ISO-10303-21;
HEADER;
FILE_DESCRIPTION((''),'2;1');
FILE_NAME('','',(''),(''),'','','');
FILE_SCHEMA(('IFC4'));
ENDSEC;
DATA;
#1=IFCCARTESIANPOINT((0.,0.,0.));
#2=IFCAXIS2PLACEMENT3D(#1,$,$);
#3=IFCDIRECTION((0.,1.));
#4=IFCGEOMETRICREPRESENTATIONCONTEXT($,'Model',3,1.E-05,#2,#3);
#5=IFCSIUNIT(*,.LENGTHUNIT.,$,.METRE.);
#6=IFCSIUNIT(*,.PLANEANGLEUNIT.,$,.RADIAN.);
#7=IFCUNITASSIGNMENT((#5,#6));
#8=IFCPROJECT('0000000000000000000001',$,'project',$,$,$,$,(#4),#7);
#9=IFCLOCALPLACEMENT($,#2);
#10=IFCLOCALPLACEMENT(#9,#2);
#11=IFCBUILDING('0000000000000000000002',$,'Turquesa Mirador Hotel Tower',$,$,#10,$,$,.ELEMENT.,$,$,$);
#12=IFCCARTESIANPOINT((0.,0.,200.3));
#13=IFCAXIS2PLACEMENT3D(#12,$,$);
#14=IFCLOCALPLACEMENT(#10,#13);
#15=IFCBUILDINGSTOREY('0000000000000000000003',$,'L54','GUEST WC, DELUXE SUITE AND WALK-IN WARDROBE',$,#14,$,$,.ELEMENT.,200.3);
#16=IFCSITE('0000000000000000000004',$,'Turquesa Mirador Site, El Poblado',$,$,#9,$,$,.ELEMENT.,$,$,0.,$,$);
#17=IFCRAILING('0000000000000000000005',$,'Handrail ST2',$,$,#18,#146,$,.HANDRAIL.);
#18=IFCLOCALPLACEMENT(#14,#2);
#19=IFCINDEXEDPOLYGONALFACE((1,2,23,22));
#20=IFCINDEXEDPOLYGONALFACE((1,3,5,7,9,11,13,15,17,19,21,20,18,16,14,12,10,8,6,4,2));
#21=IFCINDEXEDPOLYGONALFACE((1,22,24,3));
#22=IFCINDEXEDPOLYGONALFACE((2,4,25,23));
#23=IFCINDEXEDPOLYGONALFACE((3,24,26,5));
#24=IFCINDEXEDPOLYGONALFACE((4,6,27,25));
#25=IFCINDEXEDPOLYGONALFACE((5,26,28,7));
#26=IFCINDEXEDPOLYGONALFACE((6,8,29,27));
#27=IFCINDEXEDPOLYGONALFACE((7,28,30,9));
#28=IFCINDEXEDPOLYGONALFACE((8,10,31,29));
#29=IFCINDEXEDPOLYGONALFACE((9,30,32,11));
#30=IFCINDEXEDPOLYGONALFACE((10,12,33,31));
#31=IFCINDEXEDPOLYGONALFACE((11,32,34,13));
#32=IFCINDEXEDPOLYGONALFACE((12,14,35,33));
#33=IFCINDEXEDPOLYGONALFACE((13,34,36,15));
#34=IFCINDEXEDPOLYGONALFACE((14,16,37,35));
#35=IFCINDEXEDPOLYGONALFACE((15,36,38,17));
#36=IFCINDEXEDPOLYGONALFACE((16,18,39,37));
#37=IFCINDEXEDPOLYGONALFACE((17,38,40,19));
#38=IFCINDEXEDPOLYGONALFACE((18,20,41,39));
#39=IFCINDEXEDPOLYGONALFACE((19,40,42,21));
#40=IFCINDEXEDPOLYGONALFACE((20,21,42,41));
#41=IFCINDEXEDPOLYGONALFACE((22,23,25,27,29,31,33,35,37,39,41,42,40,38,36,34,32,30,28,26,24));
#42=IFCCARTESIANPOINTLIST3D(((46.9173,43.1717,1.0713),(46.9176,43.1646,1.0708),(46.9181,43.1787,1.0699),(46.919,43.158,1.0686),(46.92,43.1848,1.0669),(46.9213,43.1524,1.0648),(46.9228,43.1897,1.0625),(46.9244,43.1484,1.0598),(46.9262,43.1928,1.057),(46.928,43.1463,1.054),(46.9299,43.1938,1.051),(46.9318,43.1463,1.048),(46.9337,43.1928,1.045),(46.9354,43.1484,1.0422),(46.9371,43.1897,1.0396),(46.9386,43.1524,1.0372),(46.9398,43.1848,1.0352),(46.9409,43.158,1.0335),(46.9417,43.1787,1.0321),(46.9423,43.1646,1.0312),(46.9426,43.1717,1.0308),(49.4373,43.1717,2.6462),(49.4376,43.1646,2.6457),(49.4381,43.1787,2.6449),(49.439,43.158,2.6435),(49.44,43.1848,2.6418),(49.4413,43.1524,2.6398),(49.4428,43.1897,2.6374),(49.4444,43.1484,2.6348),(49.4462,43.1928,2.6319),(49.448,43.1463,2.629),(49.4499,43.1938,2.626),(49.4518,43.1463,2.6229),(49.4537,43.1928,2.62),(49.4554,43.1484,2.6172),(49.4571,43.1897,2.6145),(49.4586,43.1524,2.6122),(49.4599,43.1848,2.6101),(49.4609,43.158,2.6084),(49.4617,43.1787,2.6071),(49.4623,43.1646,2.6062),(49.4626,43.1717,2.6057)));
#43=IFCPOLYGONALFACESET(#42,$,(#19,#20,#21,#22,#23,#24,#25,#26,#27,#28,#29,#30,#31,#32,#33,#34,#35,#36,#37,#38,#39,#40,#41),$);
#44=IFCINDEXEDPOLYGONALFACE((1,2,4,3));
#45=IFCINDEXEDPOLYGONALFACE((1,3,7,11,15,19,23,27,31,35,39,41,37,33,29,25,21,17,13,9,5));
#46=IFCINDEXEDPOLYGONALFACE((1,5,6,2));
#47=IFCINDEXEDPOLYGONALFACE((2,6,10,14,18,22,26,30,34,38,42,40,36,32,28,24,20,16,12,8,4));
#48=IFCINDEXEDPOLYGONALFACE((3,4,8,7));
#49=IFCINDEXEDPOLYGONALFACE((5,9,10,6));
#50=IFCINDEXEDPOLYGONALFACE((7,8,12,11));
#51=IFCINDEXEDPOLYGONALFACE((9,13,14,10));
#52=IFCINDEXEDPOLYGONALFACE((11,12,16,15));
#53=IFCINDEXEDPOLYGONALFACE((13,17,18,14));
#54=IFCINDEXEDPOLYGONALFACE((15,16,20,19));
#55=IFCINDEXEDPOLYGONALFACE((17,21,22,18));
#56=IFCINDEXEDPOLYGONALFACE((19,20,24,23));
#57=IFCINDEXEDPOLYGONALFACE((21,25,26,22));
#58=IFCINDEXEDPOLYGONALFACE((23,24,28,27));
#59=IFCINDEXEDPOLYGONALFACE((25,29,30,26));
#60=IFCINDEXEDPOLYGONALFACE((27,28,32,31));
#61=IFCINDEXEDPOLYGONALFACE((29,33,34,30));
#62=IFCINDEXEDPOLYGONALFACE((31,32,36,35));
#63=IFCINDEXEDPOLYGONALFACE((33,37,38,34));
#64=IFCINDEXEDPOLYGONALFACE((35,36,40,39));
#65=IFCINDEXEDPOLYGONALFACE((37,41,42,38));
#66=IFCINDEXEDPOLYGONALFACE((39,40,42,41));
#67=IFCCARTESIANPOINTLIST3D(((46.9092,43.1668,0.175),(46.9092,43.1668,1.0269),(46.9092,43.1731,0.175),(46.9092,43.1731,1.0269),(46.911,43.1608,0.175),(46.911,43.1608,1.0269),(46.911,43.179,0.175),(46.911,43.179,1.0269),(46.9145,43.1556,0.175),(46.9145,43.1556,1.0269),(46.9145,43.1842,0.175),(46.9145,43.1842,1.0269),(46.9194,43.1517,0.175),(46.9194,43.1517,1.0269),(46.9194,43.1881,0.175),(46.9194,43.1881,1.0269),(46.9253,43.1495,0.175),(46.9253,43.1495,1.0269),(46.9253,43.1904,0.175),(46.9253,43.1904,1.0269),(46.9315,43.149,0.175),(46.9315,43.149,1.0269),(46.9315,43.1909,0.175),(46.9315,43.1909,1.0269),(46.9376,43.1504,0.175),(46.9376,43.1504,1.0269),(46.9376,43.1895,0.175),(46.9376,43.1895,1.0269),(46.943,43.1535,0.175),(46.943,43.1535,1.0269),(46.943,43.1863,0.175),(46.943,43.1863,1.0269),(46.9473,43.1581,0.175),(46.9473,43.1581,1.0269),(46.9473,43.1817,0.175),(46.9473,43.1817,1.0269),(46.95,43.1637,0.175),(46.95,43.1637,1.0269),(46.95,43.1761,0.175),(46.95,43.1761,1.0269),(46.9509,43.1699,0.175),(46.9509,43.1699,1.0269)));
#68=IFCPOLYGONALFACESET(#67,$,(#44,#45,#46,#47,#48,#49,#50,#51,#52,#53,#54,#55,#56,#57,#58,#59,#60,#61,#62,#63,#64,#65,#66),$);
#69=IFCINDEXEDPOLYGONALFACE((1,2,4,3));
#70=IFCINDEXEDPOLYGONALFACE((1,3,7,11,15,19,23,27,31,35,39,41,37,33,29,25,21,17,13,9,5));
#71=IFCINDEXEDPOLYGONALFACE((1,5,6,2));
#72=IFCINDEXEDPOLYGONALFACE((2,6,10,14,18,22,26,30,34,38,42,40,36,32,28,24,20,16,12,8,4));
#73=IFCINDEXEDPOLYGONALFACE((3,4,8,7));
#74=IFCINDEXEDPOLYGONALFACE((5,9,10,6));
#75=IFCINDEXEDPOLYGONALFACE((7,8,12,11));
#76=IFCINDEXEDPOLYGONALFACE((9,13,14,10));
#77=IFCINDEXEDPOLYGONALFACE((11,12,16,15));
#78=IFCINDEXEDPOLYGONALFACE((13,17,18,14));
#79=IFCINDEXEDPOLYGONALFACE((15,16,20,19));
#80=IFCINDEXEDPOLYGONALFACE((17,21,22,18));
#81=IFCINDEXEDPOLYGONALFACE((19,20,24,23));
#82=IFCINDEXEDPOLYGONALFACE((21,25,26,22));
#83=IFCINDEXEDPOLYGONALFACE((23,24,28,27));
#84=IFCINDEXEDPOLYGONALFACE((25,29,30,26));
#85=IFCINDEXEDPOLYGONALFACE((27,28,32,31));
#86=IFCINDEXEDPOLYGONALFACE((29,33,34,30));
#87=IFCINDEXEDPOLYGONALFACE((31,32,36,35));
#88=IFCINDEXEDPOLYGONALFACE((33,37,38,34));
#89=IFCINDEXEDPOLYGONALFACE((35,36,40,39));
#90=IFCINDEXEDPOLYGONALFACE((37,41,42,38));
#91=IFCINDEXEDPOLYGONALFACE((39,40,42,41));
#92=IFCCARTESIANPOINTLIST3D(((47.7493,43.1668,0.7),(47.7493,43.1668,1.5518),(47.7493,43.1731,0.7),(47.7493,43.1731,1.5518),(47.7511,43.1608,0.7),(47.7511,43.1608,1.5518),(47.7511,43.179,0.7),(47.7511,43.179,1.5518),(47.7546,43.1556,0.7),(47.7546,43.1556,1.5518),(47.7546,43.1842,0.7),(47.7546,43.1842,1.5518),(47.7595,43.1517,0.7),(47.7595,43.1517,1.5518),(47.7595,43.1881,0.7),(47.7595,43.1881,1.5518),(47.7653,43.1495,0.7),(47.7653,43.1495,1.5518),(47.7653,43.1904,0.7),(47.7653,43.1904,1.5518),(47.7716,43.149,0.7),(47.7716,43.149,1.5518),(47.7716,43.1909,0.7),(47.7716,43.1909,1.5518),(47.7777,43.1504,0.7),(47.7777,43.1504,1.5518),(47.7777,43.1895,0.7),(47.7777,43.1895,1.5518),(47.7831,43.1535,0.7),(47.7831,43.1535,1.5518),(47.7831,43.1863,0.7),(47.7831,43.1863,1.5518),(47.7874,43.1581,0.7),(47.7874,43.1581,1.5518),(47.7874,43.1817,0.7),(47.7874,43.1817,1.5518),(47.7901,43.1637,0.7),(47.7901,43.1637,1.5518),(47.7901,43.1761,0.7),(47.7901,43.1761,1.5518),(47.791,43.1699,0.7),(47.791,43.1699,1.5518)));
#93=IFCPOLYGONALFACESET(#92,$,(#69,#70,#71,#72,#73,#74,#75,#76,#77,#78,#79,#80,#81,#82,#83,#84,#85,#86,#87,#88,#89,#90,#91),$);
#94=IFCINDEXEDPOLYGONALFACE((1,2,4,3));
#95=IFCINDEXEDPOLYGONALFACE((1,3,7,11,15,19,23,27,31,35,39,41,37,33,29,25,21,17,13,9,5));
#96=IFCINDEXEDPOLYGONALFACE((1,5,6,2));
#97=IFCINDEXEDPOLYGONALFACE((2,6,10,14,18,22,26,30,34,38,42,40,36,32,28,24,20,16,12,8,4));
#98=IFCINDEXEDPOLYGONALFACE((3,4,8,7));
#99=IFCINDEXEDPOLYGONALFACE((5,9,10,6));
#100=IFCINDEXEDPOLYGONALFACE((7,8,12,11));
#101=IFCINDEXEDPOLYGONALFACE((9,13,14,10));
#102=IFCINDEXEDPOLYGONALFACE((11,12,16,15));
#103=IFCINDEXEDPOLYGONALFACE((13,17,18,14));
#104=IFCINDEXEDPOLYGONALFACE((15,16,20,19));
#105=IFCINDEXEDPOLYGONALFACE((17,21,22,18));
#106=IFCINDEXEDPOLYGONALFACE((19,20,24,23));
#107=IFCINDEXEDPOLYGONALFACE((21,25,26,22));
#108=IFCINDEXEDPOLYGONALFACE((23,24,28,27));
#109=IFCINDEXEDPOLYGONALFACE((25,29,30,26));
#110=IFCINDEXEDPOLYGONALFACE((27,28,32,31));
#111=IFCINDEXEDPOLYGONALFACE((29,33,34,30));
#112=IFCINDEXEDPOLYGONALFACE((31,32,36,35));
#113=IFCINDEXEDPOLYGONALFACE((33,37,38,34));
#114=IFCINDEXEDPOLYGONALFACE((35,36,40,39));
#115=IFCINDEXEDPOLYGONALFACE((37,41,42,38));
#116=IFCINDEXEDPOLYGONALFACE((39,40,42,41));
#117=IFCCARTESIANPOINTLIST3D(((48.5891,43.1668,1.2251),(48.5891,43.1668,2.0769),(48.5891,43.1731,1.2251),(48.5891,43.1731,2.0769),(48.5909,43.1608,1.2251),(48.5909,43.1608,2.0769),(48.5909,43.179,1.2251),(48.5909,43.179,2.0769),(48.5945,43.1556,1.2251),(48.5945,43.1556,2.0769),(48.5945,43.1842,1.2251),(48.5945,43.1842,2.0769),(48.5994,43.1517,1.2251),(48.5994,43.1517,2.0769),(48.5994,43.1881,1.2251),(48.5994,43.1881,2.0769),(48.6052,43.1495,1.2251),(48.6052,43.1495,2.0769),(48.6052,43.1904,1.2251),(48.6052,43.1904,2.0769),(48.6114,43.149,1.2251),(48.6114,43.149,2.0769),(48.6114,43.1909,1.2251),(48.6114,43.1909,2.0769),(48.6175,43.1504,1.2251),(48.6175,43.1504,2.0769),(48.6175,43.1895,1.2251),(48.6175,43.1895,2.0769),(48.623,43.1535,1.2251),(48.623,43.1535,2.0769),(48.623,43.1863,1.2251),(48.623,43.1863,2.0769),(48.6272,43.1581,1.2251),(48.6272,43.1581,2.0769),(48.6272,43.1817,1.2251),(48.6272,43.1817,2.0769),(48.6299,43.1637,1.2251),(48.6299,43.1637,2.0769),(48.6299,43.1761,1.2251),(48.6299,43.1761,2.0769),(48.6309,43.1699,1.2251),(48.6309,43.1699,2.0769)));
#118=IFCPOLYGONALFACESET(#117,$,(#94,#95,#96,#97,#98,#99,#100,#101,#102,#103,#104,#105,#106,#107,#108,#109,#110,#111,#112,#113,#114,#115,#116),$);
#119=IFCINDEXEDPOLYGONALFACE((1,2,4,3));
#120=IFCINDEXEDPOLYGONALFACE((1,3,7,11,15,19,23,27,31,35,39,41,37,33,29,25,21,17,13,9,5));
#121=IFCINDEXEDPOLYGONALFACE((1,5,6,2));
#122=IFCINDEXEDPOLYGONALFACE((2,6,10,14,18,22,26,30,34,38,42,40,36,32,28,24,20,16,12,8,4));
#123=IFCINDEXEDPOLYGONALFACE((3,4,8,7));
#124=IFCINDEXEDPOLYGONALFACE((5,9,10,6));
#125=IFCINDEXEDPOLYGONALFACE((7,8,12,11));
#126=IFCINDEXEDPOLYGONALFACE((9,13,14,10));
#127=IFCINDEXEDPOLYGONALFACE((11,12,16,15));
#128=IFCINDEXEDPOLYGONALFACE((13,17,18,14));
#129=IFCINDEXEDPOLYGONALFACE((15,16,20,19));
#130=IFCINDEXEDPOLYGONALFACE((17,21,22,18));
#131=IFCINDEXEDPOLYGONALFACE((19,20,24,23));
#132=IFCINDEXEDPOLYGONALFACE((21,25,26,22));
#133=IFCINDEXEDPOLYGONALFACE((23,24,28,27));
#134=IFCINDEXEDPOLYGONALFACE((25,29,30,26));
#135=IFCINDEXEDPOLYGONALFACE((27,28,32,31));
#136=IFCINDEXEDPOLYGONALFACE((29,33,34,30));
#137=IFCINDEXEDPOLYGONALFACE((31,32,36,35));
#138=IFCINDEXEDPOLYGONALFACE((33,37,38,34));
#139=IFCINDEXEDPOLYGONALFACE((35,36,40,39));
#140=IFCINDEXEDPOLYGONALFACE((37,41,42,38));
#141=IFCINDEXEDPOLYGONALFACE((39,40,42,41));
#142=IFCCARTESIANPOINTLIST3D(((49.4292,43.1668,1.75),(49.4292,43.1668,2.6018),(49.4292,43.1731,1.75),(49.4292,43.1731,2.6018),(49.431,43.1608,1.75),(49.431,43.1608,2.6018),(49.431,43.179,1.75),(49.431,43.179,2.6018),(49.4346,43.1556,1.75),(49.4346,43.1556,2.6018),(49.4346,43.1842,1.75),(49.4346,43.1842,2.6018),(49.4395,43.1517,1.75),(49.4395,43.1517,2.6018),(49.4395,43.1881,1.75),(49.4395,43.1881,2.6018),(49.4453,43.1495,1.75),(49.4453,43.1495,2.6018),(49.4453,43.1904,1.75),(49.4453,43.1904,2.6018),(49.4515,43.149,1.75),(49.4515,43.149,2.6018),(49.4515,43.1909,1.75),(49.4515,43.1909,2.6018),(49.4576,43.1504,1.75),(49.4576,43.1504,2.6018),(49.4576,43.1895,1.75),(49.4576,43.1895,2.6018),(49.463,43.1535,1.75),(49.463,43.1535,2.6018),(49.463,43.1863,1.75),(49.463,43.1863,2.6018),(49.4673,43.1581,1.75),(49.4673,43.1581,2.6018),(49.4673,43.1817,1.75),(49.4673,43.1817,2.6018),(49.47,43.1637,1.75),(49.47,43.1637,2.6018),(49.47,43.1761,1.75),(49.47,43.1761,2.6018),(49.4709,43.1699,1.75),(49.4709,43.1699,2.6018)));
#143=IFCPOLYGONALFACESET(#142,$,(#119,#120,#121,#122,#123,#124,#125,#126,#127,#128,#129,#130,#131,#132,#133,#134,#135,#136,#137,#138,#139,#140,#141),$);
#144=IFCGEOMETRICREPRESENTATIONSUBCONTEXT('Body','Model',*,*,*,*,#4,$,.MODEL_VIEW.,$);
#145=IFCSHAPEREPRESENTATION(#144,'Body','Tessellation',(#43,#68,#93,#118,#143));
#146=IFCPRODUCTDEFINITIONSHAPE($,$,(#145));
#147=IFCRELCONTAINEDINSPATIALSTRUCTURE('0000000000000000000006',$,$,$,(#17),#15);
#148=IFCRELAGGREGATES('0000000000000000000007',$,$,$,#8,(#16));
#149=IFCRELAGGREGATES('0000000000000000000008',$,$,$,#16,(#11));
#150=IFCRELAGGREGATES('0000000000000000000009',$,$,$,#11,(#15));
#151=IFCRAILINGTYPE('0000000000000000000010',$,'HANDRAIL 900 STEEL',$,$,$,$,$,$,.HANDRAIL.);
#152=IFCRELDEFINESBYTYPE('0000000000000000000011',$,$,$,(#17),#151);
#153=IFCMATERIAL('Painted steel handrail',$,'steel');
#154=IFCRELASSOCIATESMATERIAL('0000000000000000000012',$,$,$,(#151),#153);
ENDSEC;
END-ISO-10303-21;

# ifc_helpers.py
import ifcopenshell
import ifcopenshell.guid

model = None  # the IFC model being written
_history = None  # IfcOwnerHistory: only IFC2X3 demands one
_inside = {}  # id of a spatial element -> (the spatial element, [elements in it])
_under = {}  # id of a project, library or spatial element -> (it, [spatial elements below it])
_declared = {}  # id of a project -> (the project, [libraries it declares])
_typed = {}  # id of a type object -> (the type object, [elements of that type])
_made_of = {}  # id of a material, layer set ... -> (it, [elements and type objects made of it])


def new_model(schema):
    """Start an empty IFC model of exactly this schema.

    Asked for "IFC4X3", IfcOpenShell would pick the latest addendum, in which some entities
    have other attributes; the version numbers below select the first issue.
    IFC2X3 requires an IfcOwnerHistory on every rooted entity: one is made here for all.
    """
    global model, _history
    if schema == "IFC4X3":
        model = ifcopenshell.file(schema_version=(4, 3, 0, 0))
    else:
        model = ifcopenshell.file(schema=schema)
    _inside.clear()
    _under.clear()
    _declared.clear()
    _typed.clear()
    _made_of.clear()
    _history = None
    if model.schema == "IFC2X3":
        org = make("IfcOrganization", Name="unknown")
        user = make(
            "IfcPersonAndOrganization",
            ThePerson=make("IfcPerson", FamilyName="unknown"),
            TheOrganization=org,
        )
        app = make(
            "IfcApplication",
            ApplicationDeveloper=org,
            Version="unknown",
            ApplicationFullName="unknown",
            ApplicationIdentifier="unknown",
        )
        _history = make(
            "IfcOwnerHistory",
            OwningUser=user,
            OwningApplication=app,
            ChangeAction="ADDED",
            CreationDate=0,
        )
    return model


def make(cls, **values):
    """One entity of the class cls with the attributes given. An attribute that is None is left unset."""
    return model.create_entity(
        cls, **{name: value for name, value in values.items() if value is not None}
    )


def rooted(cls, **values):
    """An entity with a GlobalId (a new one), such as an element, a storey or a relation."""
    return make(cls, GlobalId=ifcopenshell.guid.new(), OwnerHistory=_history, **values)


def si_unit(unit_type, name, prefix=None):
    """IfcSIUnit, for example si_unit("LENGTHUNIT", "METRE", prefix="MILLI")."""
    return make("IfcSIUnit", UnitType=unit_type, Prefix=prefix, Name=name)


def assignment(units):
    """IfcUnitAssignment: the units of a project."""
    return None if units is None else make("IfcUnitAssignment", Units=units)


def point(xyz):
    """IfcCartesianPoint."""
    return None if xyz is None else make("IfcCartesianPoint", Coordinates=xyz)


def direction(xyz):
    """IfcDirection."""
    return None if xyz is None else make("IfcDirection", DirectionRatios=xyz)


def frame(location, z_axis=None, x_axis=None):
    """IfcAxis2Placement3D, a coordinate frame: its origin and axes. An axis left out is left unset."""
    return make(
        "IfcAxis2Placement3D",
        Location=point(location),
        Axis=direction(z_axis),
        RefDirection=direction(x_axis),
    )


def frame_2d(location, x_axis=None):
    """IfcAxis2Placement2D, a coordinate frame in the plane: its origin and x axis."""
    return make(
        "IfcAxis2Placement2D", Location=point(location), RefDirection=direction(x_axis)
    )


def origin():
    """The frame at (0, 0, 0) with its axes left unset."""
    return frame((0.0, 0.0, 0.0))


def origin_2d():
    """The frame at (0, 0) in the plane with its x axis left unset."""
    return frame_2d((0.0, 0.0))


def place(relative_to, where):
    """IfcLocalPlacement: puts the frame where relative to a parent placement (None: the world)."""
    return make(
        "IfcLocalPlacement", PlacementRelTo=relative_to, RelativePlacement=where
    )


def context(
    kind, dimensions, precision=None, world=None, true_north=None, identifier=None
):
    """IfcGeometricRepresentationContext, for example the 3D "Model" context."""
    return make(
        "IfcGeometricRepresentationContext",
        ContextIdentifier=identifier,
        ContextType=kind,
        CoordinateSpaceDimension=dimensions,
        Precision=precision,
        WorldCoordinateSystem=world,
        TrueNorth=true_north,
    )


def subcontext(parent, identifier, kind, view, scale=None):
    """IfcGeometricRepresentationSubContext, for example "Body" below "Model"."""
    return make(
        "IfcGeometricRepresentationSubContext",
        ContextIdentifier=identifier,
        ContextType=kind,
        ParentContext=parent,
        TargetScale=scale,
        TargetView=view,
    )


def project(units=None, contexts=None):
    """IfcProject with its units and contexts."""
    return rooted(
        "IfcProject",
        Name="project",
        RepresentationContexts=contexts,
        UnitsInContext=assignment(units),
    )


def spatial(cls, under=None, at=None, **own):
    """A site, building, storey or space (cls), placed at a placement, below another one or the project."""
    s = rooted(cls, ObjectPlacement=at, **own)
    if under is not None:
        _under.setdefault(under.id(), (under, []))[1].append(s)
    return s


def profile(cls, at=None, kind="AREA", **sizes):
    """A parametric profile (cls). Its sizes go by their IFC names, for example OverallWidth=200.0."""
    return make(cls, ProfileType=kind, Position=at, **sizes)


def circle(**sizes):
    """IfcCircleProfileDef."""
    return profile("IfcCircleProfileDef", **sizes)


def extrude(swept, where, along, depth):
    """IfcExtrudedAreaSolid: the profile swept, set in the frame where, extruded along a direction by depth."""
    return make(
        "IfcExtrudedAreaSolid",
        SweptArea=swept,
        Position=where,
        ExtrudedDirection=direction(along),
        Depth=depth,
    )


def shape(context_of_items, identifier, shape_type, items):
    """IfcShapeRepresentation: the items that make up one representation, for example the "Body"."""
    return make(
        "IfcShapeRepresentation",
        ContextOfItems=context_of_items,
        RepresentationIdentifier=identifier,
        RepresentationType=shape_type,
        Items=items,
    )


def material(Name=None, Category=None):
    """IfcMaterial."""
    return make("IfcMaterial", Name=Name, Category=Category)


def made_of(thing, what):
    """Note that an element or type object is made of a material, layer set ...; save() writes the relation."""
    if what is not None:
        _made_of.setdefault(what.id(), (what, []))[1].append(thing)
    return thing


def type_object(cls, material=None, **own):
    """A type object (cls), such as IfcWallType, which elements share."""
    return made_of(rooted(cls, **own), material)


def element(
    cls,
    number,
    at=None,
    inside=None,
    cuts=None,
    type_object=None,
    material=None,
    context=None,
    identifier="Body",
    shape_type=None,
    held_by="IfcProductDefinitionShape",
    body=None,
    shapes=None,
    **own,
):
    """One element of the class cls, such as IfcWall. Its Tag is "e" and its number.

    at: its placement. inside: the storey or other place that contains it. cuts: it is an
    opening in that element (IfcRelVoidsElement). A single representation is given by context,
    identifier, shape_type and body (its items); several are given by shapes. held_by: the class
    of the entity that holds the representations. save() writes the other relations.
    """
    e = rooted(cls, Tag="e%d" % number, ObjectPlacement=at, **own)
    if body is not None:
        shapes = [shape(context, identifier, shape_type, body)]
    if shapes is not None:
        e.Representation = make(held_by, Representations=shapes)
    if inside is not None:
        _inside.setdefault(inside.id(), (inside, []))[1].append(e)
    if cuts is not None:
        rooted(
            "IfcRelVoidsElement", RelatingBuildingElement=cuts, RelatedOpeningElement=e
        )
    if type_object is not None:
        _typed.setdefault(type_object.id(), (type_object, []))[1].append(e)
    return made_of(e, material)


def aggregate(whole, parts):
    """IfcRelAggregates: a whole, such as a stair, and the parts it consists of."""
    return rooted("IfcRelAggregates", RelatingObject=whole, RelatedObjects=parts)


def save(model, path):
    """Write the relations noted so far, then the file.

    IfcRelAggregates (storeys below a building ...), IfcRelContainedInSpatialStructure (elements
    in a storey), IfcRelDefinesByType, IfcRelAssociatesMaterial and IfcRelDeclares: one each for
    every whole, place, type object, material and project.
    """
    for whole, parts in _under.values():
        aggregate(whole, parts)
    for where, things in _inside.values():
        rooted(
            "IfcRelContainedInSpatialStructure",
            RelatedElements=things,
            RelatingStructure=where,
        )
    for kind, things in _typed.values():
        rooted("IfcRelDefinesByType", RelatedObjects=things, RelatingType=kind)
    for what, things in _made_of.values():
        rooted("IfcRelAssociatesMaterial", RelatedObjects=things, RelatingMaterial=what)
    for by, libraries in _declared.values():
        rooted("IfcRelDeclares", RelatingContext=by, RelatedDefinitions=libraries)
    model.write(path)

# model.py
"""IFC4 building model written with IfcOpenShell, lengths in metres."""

from ifc_helpers import new_model, si_unit, direction, frame, origin, origin_2d, place, context, subcontext, project, spatial, circle, extrude, material, type_object, element, save


model = new_model("IFC4")

# Units and contexts
model_context = context("Model", 3, precision=1e-05, world=origin(), true_north=direction((0.0, 1.0)))
body_context = subcontext(model_context, "Body", "Model", "MODEL_VIEW")
ifc_project = project(units=[si_unit("LENGTHUNIT", "METRE"), si_unit("PLANEANGLEUNIT", "RADIAN")], contexts=[model_context])

# Site, building, storey
site_placement = place(None, origin())
site = spatial("IfcSite", under=ifc_project, at=site_placement, Name="Turquesa Mirador Site, El Poblado", CompositionType="ELEMENT", RefElevation=0.0)
building_placement = place(site_placement, origin())
building = spatial("IfcBuilding", under=site, at=building_placement, Name="Turquesa Mirador Hotel Tower", CompositionType="ELEMENT")
storey_placement = place(building_placement, frame((0.0, 0.0, 200.3)))
storey = spatial("IfcBuildingStorey", under=building, at=storey_placement, Name="L54", Description="GUEST WC, DELUXE SUITE AND WALK-IN WARDROBE", CompositionType="ELEMENT", Elevation=200.3)

# Railing
ifc_material_1 = material(Name="Painted steel handrail", Category="steel")
railing_type = type_object("IfcRailingType", Name="HANDRAIL 900 STEEL", PredefinedType="HANDRAIL", material=ifc_material_1)
for number, where, name in (
    (1, (46.9299, 43.1699, 0.175), "Handrail ST2"),
):
    element("IfcRailing", number, at=place(storey_placement, frame(where)), inside=storey, type_object=railing_type, Name=name, PredefinedType="HANDRAIL", context=body_context, shape_type="SweptSolid", body=[
        extrude(circle(Radius=0.0239, at=origin_2d()), frame((0.0, 0.0, 0.876), z_axis=(0.848008, 0.0, 0.529984), x_axis=(0.0, 1.0, 0.0)), (0.0, 0.0, 1.0), 2.9717),
        extrude(circle(Radius=0.021, at=origin_2d()), origin(), (0.0, 0.0, 1.0), 0.8518),
        extrude(circle(Radius=0.021, at=origin_2d()), frame((0.8401, 0.0, 0.5249)), (0.0, 0.0, 1.0), 0.8518),
        extrude(circle(Radius=0.021, at=origin_2d()), frame((1.6799, 0.0, 1.05)), (0.0, 0.0, 1.0), 0.8518),
        extrude(circle(Radius=0.021, at=origin_2d()), frame((2.52, 0.0, 1.575)), (0.0, 0.0, 1.0), 0.8518),
    ])

save(model, "model.ifc")
